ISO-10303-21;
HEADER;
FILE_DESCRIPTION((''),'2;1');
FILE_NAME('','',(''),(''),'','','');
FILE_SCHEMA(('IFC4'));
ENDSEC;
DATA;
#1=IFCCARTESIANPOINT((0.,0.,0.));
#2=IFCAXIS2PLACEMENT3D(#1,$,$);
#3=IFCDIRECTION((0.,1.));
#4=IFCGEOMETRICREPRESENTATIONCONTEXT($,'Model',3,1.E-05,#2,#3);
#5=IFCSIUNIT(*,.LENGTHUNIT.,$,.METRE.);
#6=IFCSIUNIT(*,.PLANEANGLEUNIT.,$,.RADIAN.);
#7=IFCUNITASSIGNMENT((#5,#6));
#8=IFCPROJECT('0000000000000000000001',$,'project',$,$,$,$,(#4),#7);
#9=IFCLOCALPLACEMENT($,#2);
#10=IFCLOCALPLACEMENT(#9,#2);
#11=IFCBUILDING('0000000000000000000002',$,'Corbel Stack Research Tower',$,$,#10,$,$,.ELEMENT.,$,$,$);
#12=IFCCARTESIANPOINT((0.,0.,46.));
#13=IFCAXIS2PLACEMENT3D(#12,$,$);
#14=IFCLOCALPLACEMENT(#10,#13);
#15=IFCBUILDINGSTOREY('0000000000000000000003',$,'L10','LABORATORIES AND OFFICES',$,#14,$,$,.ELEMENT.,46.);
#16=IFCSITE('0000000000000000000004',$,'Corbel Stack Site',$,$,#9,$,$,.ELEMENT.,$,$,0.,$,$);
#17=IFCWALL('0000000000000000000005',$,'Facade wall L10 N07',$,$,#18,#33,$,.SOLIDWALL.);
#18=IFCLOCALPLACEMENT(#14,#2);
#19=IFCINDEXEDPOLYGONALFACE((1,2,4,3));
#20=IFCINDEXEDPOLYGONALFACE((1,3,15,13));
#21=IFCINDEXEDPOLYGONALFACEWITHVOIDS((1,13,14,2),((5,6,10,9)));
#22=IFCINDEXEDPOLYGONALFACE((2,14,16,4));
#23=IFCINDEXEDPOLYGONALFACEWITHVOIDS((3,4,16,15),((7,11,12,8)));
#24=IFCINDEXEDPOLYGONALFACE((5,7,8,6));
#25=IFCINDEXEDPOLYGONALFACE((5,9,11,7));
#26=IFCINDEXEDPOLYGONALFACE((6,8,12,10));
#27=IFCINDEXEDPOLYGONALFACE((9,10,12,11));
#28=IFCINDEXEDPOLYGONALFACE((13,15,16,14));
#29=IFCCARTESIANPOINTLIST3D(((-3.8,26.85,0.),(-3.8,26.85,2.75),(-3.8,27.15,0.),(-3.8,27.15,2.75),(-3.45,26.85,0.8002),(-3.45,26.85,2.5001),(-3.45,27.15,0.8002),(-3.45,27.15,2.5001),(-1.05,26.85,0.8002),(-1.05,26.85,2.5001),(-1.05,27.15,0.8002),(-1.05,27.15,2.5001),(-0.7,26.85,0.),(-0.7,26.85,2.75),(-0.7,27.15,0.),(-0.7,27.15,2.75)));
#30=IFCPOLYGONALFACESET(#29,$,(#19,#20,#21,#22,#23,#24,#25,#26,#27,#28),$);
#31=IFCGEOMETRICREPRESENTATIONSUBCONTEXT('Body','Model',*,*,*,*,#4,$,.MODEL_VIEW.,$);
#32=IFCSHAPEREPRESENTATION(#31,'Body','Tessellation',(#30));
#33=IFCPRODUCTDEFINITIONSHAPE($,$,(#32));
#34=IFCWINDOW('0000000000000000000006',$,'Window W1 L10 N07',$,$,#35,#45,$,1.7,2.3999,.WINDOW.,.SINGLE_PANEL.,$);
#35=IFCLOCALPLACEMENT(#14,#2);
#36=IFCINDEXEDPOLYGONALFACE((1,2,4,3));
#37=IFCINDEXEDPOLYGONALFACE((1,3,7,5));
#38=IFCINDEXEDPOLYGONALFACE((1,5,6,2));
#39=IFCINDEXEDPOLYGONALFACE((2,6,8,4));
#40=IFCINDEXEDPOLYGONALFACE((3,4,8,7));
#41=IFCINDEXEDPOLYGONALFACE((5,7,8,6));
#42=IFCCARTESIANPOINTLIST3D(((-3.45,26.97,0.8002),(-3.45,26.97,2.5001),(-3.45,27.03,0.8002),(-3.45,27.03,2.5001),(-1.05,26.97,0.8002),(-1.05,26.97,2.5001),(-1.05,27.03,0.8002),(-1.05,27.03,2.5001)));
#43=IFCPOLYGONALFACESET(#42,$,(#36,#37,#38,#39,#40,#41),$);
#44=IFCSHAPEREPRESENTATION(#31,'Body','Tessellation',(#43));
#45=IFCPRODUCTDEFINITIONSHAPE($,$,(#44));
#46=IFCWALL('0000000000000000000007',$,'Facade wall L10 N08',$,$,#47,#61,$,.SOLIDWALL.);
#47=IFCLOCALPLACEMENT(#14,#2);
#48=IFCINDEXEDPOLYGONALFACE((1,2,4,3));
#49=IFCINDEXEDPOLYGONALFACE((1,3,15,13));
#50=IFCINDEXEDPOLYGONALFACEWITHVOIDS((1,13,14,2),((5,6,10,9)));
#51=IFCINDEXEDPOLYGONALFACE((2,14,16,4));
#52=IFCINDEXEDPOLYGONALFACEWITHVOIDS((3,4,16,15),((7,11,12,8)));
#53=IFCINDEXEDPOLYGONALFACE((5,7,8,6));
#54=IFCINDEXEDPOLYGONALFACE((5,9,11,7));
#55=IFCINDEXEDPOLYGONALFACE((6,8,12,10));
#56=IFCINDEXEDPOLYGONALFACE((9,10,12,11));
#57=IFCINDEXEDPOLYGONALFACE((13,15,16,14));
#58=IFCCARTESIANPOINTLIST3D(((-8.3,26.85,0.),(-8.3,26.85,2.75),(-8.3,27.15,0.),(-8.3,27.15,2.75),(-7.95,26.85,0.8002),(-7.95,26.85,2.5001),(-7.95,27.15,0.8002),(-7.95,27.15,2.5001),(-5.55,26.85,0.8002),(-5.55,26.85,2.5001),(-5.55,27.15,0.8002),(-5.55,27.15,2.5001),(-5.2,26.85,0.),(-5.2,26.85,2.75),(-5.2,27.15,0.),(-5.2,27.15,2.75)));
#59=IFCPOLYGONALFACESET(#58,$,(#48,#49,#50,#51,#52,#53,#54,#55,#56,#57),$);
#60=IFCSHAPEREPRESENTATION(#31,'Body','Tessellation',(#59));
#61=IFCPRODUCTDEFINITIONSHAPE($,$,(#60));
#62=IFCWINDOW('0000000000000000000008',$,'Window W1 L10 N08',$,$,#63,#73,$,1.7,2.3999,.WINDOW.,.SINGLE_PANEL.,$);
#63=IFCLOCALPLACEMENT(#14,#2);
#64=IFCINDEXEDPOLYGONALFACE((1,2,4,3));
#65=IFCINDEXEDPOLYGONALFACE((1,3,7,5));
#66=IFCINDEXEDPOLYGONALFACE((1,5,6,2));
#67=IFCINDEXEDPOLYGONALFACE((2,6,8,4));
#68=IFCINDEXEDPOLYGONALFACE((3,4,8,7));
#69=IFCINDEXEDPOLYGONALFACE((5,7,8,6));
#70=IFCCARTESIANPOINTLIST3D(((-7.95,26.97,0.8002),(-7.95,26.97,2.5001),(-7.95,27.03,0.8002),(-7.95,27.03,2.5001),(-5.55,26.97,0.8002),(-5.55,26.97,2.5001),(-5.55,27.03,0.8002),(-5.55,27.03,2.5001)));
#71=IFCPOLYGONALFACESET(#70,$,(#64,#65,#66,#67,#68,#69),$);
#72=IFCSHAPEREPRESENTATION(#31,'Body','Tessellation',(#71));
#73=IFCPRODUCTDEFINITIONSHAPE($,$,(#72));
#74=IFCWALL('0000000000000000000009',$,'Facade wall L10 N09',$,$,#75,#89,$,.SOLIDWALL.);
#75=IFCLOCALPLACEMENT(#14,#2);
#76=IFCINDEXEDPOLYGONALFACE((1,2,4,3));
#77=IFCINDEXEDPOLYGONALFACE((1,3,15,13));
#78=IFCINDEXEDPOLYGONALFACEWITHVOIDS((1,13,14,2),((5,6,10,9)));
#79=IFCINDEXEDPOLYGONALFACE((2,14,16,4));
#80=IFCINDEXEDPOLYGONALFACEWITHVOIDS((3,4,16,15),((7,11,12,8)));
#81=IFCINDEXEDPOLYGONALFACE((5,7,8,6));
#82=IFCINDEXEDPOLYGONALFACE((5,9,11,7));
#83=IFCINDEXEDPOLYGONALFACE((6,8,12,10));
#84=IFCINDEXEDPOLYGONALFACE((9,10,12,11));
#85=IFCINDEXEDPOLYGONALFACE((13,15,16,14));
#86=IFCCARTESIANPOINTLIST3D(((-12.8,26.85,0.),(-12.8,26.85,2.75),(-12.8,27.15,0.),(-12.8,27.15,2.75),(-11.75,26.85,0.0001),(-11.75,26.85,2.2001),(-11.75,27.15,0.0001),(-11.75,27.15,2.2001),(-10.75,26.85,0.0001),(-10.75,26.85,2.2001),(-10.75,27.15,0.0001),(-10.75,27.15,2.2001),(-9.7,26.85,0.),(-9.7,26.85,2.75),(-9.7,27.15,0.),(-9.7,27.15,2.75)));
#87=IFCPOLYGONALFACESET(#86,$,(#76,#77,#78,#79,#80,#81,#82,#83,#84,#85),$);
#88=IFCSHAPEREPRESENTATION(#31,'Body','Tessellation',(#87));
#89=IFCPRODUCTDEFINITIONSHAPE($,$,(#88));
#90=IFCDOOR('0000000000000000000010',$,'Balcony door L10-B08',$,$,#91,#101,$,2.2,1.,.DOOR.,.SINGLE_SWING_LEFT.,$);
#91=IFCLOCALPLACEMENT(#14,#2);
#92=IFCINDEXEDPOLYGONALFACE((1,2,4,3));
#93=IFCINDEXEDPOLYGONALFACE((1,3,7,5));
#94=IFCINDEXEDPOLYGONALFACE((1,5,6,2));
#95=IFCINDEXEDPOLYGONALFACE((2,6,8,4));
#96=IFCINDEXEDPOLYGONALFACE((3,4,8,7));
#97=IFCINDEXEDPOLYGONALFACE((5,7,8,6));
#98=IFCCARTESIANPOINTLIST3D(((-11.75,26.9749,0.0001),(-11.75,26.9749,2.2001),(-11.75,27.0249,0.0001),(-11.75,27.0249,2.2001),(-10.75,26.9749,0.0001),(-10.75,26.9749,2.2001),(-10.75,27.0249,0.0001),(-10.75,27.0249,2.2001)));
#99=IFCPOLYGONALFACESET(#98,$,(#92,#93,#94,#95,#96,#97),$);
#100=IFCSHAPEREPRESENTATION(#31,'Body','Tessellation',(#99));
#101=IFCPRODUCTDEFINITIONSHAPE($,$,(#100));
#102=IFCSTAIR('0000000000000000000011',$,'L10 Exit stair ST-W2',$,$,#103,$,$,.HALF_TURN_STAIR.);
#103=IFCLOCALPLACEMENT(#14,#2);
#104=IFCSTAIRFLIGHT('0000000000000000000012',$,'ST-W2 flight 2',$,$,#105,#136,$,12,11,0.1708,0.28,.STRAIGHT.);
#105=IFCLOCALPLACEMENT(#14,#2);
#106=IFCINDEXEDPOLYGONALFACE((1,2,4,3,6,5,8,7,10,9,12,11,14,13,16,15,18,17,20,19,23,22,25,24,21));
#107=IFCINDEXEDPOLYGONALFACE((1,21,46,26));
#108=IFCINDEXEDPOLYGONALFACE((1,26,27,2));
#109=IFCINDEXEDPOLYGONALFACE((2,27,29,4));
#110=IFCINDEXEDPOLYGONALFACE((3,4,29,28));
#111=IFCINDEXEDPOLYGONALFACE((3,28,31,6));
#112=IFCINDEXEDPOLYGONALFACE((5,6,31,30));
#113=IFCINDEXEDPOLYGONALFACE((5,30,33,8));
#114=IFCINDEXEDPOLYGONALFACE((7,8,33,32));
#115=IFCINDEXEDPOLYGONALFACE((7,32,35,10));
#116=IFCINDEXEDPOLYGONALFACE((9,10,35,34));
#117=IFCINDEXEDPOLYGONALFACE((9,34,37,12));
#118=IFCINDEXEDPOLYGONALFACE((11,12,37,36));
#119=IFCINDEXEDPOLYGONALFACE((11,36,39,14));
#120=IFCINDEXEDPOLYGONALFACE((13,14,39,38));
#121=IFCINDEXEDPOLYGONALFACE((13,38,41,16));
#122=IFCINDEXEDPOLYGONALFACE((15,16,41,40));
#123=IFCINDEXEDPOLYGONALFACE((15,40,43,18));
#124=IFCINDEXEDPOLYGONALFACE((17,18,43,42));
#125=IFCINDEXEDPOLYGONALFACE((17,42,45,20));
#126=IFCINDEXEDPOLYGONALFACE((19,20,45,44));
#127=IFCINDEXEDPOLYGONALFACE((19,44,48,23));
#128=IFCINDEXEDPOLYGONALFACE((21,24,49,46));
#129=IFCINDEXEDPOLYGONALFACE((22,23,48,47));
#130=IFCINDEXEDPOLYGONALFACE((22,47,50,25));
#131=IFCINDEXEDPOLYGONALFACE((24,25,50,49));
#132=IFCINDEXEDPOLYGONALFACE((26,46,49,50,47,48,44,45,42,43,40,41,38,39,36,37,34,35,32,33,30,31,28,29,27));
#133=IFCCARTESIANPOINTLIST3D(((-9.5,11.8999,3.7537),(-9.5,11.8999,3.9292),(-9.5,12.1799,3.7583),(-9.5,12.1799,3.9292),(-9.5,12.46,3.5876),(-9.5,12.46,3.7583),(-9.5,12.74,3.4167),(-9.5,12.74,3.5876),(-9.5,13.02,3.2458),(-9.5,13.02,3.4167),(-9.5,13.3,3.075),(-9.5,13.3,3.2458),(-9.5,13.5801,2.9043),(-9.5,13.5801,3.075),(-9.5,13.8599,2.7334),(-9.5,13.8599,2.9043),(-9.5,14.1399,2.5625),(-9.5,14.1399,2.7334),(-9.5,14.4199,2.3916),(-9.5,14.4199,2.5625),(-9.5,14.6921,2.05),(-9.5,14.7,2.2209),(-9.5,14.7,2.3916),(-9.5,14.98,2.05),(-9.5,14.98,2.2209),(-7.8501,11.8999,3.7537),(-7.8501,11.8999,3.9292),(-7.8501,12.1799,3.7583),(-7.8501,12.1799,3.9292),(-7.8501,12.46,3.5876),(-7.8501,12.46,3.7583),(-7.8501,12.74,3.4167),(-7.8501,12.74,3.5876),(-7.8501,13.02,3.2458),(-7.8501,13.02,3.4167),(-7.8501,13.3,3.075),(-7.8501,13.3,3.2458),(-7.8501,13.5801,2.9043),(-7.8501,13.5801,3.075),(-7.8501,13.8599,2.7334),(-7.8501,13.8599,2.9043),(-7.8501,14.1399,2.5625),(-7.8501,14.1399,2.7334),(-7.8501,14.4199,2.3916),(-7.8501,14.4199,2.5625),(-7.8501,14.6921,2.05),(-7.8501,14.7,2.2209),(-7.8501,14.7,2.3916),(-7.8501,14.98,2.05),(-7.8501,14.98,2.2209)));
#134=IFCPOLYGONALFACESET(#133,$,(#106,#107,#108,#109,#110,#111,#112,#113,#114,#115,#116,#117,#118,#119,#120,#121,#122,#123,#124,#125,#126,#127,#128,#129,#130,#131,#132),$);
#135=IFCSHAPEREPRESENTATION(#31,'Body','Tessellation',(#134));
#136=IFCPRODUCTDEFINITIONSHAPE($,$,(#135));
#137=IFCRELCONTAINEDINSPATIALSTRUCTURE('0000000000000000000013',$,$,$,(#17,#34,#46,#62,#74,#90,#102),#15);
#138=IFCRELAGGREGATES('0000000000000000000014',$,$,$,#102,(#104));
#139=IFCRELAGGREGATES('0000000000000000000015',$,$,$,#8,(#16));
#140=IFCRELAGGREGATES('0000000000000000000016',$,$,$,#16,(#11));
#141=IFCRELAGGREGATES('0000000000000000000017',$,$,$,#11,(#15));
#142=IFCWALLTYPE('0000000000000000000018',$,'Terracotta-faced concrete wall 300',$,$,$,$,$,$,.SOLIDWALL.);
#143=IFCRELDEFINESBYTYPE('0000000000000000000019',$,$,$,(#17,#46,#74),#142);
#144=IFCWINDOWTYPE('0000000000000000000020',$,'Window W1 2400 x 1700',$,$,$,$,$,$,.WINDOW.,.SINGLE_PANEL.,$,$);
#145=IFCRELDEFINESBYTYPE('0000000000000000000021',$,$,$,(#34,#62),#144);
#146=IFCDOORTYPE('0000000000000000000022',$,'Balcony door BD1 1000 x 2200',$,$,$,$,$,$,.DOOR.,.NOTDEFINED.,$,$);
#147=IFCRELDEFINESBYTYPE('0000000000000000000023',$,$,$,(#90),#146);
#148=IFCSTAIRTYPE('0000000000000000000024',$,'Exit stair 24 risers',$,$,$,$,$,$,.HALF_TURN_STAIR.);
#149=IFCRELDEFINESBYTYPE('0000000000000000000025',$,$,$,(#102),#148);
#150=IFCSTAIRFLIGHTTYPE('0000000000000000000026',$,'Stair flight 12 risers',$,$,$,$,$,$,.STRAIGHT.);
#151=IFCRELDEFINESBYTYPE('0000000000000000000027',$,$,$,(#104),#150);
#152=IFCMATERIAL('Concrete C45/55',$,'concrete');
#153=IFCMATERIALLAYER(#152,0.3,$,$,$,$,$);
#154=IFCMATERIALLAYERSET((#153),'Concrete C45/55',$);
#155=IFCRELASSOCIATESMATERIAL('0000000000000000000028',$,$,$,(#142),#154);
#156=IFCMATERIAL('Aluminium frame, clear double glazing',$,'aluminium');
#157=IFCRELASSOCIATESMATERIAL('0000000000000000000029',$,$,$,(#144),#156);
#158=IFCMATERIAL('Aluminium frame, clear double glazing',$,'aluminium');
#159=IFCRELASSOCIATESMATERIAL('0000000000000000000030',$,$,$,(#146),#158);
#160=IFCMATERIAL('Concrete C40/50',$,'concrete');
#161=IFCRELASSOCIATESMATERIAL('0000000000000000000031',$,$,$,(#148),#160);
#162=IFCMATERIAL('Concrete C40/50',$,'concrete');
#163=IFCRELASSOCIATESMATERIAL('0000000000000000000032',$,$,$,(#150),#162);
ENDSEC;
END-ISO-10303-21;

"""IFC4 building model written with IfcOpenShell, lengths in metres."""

from ifc_helpers import new_model, si_unit, direction, frame, frame_2d, origin, place, context, subcontext, project, spatial, polyline, rectangle, outline, extrude, material, layer, layer_set, type_object, element, fill, aggregate, save


model = new_model("IFC4")

# Units and contexts
model_context = context("Model", 3, precision=1e-05, world=origin(), true_north=direction((0.0, 1.0)))
body_context = subcontext(model_context, "Body", "Model", "MODEL_VIEW")
ifc_project = project(units=[si_unit("LENGTHUNIT", "METRE"), si_unit("PLANEANGLEUNIT", "RADIAN")], contexts=[model_context])

# Site, building, storey
site_placement = place(None, origin())
site = spatial("IfcSite", under=ifc_project, at=site_placement, Name="Corbel Stack Site", CompositionType="ELEMENT", RefElevation=0.0)
building_placement = place(site_placement, origin())
building = spatial("IfcBuilding", under=site, at=building_placement, Name="Corbel Stack Research Tower", CompositionType="ELEMENT")
storey_placement = place(building_placement, frame((0.0, 0.0, 46.0)))
storey = spatial("IfcBuildingStorey", under=building, at=storey_placement, Name="L10", Description="LABORATORIES AND OFFICES", CompositionType="ELEMENT", Elevation=46.0)

# Walls, openings, windows
ifc_material_1 = material(Name="Concrete C45/55", Category="concrete")
ifc_layer_1 = layer(ifc_material_1, 0.3)
ifc_layer_set_1 = layer_set([ifc_layer_1], Name="Concrete C45/55")
wall_type_1 = type_object("IfcWallType", Name="Terracotta-faced concrete wall 300", PredefinedType="SOLIDWALL", material=ifc_layer_set_1)
wall_1_placement = place(storey_placement, frame((-3.8, 27.0, 0.0), z_axis=(0.0, 0.0, 1.0), x_axis=(1.0, 0.0, 0.0)))
wall_1 = element("IfcWall", 1, at=wall_1_placement, inside=storey, type_object=wall_type_1, Name="Facade wall L10 N07", PredefinedType="SOLIDWALL", context=body_context, shape_type="SweptSolid", body=[
    extrude(rectangle(XDim=3.1001, YDim=0.3, at=frame_2d((1.55, 0.0))), origin(), (0.0, 0.0, 1.0), 2.75),
])
opening_1_placement = place(wall_1_placement, frame((0.3501, 0.0, 0.8)))
opening_1 = element("IfcOpeningElement", 2, at=opening_1_placement, cuts=wall_1, PredefinedType="OPENING", context=body_context, shape_type="SweptSolid", body=[
    extrude(rectangle(XDim=2.3999, YDim=1.7, at=frame_2d((1.2, 0.8501))), frame((0.0, 0.1599, 0.0), z_axis=(0.0, -1.0, 0.0), x_axis=(1.0, 0.0, 0.0)), (0.0, 0.0, 1.0), 0.3201),
])
ifc_material_2 = material(Name="Aluminium frame, clear double glazing", Category="aluminium")
window_type = type_object("IfcWindowType", Name="Window W1 2400 x 1700", PartitioningType="SINGLE_PANEL", PredefinedType="WINDOW", material=ifc_material_2)
window_1_placement = place(opening_1_placement, origin())
window_1 = element("IfcWindow", 3, at=window_1_placement, inside=storey, type_object=window_type, Name="Window W1 L10 N07", OverallHeight=1.7, OverallWidth=2.3999, PartitioningType="SINGLE_PANEL", PredefinedType="WINDOW", context=body_context, shape_type="SweptSolid", body=[
    extrude(rectangle(XDim=2.3999, YDim=1.7, at=frame_2d((1.2, 0.8501))), frame((0.0, 0.03, 0.0), z_axis=(0.0, -1.0, 0.0), x_axis=(1.0, 0.0, 0.0)), (0.0, 0.0, 1.0), 0.0601),
])
fill(opening_1, window_1)
wall_2_placement = place(storey_placement, frame((-8.3, 27.0, 0.0), z_axis=(0.0, 0.0, 1.0), x_axis=(1.0, 0.0, 0.0)))
wall_2 = element("IfcWall", 4, at=wall_2_placement, inside=storey, type_object=wall_type_1, Name="Facade wall L10 N08", PredefinedType="SOLIDWALL", context=body_context, shape_type="SweptSolid", body=[
    extrude(rectangle(XDim=3.1001, YDim=0.3, at=frame_2d((1.55, 0.0))), origin(), (0.0, 0.0, 1.0), 2.75),
])
opening_2_placement = place(wall_2_placement, frame((0.3501, 0.0, 0.8)))
opening_2 = element("IfcOpeningElement", 5, at=opening_2_placement, cuts=wall_2, PredefinedType="OPENING", context=body_context, shape_type="SweptSolid", body=[
    extrude(rectangle(XDim=2.3999, YDim=1.7, at=frame_2d((1.2, 0.8501))), frame((0.0, 0.1599, 0.0), z_axis=(0.0, -1.0, 0.0), x_axis=(1.0, 0.0, 0.0)), (0.0, 0.0, 1.0), 0.3201),
])
window_2_placement = place(opening_2_placement, origin())
window_2 = element("IfcWindow", 6, at=window_2_placement, inside=storey, type_object=window_type, Name="Window W1 L10 N08", OverallHeight=1.7, OverallWidth=2.3999, PartitioningType="SINGLE_PANEL", PredefinedType="WINDOW", context=body_context, shape_type="SweptSolid", body=[
    extrude(rectangle(XDim=2.3999, YDim=1.7, at=frame_2d((1.2, 0.8501))), frame((0.0, 0.03, 0.0), z_axis=(0.0, -1.0, 0.0), x_axis=(1.0, 0.0, 0.0)), (0.0, 0.0, 1.0), 0.0601),
])
fill(opening_2, window_2)

# Wall, opening, door
wall_3_placement = place(storey_placement, frame((-12.8, 27.0, 0.0), z_axis=(0.0, 0.0, 1.0), x_axis=(1.0, 0.0, 0.0)))
wall_3 = element("IfcWall", 7, at=wall_3_placement, inside=storey, type_object=wall_type_1, Name="Facade wall L10 N09", PredefinedType="SOLIDWALL", context=body_context, shape_type="SweptSolid", body=[
    extrude(rectangle(XDim=3.1001, YDim=0.3, at=frame_2d((1.55, 0.0))), origin(), (0.0, 0.0, 1.0), 2.75),
])
opening_3_placement = place(wall_3_placement, frame((1.05, 0.0, 0.0)))
opening_3 = element("IfcOpeningElement", 8, at=opening_3_placement, cuts=wall_3, PredefinedType="OPENING", context=body_context, shape_type="SweptSolid", body=[
    extrude(rectangle(XDim=1.0, YDim=2.2, at=frame_2d((0.5, 1.1001))), frame((0.0, 0.1599, 0.0), z_axis=(0.0, -1.0, 0.0), x_axis=(1.0, 0.0, 0.0)), (0.0, 0.0, 1.0), 0.3201),
])
ifc_material_3 = material(Name="Aluminium frame, clear double glazing", Category="aluminium")
door_type_1 = type_object("IfcDoorType", Name="Balcony door BD1 1000 x 2200", OperationType="NOTDEFINED", PredefinedType="DOOR", material=ifc_material_3)
door_1_placement = place(opening_3_placement, origin())
door_1 = element("IfcDoor", 9, at=door_1_placement, inside=storey, type_object=door_type_1, Name="Balcony door L10-B08", OperationType="SINGLE_SWING_LEFT", OverallHeight=2.2, OverallWidth=1.0, PredefinedType="DOOR", context=body_context, shape_type="SweptSolid", body=[
    extrude(rectangle(XDim=1.0, YDim=2.2, at=frame_2d((0.5, 1.1001))), frame((0.0, 0.0249, 0.0), z_axis=(0.0, -1.0, 0.0), x_axis=(1.0, 0.0, 0.0)), (0.0, 0.0, 1.0), 0.05),
])
fill(opening_3, door_1)

# Stair, stair flight
ifc_material_4 = material(Name="Concrete C40/50", Category="concrete")
stair_type = type_object("IfcStairType", Name="Exit stair 24 risers", PredefinedType="HALF_TURN_STAIR", material=ifc_material_4)
stair_placement = place(storey_placement, origin())
stair = element("IfcStair", 10, at=stair_placement, inside=storey, type_object=stair_type, Name="L10 Exit stair ST-W2", PredefinedType="HALF_TURN_STAIR")
ifc_material_5 = material(Name="Concrete C40/50", Category="concrete")
stair_flight_type = type_object("IfcStairFlightType", Name="Stair flight 12 risers", PredefinedType="STRAIGHT", material=ifc_material_5)
stair_flight_placement = place(storey_placement, frame((-8.675, 14.98, 2.05), z_axis=(0.0, 0.0, 1.0), x_axis=(0.0, -1.0, 0.0)))
stair_flight = element("IfcStairFlight", 11, at=stair_flight_placement, type_object=stair_flight_type, Name="ST-W2 flight 2", NumberOfRisers=12, NumberOfTreads=11, PredefinedType="STRAIGHT", RiserHeight=0.1708, TreadLength=0.28, context=body_context, shape_type="SweptSolid", body=[
    extrude(outline(polyline([(0.0, 0.0), (0.0, 0.1709), (0.28, 0.1709), (0.28, 0.3416), (0.5601, 0.3416), (0.5601, 0.5125), (0.8401, 0.5125), (0.8401, 0.6833), (1.1201, 0.6833), (1.1201, 0.8542), (1.3999, 0.8542), (1.3999, 1.0249), (1.6799, 1.0249), (1.6799, 1.1958), (1.96, 1.1958), (1.96, 1.3667), (2.24, 1.3667), (2.24, 1.5376), (2.52, 1.5376), (2.52, 1.7083), (2.8, 1.7083), (2.8, 1.8792), (3.0801, 1.8792), (3.0801, 2.05), (3.0801, 1.7036), (0.2878, 0.0), (0.0, 0.0)])), frame((0.0, 0.825, 0.0), z_axis=(0.0, -1.0, 0.0), x_axis=(1.0, 0.0, 0.0)), (0.0, 0.0, 1.0), 1.6499),
])
aggregate(stair, [stair_flight])

save(model, "model.ifc")
